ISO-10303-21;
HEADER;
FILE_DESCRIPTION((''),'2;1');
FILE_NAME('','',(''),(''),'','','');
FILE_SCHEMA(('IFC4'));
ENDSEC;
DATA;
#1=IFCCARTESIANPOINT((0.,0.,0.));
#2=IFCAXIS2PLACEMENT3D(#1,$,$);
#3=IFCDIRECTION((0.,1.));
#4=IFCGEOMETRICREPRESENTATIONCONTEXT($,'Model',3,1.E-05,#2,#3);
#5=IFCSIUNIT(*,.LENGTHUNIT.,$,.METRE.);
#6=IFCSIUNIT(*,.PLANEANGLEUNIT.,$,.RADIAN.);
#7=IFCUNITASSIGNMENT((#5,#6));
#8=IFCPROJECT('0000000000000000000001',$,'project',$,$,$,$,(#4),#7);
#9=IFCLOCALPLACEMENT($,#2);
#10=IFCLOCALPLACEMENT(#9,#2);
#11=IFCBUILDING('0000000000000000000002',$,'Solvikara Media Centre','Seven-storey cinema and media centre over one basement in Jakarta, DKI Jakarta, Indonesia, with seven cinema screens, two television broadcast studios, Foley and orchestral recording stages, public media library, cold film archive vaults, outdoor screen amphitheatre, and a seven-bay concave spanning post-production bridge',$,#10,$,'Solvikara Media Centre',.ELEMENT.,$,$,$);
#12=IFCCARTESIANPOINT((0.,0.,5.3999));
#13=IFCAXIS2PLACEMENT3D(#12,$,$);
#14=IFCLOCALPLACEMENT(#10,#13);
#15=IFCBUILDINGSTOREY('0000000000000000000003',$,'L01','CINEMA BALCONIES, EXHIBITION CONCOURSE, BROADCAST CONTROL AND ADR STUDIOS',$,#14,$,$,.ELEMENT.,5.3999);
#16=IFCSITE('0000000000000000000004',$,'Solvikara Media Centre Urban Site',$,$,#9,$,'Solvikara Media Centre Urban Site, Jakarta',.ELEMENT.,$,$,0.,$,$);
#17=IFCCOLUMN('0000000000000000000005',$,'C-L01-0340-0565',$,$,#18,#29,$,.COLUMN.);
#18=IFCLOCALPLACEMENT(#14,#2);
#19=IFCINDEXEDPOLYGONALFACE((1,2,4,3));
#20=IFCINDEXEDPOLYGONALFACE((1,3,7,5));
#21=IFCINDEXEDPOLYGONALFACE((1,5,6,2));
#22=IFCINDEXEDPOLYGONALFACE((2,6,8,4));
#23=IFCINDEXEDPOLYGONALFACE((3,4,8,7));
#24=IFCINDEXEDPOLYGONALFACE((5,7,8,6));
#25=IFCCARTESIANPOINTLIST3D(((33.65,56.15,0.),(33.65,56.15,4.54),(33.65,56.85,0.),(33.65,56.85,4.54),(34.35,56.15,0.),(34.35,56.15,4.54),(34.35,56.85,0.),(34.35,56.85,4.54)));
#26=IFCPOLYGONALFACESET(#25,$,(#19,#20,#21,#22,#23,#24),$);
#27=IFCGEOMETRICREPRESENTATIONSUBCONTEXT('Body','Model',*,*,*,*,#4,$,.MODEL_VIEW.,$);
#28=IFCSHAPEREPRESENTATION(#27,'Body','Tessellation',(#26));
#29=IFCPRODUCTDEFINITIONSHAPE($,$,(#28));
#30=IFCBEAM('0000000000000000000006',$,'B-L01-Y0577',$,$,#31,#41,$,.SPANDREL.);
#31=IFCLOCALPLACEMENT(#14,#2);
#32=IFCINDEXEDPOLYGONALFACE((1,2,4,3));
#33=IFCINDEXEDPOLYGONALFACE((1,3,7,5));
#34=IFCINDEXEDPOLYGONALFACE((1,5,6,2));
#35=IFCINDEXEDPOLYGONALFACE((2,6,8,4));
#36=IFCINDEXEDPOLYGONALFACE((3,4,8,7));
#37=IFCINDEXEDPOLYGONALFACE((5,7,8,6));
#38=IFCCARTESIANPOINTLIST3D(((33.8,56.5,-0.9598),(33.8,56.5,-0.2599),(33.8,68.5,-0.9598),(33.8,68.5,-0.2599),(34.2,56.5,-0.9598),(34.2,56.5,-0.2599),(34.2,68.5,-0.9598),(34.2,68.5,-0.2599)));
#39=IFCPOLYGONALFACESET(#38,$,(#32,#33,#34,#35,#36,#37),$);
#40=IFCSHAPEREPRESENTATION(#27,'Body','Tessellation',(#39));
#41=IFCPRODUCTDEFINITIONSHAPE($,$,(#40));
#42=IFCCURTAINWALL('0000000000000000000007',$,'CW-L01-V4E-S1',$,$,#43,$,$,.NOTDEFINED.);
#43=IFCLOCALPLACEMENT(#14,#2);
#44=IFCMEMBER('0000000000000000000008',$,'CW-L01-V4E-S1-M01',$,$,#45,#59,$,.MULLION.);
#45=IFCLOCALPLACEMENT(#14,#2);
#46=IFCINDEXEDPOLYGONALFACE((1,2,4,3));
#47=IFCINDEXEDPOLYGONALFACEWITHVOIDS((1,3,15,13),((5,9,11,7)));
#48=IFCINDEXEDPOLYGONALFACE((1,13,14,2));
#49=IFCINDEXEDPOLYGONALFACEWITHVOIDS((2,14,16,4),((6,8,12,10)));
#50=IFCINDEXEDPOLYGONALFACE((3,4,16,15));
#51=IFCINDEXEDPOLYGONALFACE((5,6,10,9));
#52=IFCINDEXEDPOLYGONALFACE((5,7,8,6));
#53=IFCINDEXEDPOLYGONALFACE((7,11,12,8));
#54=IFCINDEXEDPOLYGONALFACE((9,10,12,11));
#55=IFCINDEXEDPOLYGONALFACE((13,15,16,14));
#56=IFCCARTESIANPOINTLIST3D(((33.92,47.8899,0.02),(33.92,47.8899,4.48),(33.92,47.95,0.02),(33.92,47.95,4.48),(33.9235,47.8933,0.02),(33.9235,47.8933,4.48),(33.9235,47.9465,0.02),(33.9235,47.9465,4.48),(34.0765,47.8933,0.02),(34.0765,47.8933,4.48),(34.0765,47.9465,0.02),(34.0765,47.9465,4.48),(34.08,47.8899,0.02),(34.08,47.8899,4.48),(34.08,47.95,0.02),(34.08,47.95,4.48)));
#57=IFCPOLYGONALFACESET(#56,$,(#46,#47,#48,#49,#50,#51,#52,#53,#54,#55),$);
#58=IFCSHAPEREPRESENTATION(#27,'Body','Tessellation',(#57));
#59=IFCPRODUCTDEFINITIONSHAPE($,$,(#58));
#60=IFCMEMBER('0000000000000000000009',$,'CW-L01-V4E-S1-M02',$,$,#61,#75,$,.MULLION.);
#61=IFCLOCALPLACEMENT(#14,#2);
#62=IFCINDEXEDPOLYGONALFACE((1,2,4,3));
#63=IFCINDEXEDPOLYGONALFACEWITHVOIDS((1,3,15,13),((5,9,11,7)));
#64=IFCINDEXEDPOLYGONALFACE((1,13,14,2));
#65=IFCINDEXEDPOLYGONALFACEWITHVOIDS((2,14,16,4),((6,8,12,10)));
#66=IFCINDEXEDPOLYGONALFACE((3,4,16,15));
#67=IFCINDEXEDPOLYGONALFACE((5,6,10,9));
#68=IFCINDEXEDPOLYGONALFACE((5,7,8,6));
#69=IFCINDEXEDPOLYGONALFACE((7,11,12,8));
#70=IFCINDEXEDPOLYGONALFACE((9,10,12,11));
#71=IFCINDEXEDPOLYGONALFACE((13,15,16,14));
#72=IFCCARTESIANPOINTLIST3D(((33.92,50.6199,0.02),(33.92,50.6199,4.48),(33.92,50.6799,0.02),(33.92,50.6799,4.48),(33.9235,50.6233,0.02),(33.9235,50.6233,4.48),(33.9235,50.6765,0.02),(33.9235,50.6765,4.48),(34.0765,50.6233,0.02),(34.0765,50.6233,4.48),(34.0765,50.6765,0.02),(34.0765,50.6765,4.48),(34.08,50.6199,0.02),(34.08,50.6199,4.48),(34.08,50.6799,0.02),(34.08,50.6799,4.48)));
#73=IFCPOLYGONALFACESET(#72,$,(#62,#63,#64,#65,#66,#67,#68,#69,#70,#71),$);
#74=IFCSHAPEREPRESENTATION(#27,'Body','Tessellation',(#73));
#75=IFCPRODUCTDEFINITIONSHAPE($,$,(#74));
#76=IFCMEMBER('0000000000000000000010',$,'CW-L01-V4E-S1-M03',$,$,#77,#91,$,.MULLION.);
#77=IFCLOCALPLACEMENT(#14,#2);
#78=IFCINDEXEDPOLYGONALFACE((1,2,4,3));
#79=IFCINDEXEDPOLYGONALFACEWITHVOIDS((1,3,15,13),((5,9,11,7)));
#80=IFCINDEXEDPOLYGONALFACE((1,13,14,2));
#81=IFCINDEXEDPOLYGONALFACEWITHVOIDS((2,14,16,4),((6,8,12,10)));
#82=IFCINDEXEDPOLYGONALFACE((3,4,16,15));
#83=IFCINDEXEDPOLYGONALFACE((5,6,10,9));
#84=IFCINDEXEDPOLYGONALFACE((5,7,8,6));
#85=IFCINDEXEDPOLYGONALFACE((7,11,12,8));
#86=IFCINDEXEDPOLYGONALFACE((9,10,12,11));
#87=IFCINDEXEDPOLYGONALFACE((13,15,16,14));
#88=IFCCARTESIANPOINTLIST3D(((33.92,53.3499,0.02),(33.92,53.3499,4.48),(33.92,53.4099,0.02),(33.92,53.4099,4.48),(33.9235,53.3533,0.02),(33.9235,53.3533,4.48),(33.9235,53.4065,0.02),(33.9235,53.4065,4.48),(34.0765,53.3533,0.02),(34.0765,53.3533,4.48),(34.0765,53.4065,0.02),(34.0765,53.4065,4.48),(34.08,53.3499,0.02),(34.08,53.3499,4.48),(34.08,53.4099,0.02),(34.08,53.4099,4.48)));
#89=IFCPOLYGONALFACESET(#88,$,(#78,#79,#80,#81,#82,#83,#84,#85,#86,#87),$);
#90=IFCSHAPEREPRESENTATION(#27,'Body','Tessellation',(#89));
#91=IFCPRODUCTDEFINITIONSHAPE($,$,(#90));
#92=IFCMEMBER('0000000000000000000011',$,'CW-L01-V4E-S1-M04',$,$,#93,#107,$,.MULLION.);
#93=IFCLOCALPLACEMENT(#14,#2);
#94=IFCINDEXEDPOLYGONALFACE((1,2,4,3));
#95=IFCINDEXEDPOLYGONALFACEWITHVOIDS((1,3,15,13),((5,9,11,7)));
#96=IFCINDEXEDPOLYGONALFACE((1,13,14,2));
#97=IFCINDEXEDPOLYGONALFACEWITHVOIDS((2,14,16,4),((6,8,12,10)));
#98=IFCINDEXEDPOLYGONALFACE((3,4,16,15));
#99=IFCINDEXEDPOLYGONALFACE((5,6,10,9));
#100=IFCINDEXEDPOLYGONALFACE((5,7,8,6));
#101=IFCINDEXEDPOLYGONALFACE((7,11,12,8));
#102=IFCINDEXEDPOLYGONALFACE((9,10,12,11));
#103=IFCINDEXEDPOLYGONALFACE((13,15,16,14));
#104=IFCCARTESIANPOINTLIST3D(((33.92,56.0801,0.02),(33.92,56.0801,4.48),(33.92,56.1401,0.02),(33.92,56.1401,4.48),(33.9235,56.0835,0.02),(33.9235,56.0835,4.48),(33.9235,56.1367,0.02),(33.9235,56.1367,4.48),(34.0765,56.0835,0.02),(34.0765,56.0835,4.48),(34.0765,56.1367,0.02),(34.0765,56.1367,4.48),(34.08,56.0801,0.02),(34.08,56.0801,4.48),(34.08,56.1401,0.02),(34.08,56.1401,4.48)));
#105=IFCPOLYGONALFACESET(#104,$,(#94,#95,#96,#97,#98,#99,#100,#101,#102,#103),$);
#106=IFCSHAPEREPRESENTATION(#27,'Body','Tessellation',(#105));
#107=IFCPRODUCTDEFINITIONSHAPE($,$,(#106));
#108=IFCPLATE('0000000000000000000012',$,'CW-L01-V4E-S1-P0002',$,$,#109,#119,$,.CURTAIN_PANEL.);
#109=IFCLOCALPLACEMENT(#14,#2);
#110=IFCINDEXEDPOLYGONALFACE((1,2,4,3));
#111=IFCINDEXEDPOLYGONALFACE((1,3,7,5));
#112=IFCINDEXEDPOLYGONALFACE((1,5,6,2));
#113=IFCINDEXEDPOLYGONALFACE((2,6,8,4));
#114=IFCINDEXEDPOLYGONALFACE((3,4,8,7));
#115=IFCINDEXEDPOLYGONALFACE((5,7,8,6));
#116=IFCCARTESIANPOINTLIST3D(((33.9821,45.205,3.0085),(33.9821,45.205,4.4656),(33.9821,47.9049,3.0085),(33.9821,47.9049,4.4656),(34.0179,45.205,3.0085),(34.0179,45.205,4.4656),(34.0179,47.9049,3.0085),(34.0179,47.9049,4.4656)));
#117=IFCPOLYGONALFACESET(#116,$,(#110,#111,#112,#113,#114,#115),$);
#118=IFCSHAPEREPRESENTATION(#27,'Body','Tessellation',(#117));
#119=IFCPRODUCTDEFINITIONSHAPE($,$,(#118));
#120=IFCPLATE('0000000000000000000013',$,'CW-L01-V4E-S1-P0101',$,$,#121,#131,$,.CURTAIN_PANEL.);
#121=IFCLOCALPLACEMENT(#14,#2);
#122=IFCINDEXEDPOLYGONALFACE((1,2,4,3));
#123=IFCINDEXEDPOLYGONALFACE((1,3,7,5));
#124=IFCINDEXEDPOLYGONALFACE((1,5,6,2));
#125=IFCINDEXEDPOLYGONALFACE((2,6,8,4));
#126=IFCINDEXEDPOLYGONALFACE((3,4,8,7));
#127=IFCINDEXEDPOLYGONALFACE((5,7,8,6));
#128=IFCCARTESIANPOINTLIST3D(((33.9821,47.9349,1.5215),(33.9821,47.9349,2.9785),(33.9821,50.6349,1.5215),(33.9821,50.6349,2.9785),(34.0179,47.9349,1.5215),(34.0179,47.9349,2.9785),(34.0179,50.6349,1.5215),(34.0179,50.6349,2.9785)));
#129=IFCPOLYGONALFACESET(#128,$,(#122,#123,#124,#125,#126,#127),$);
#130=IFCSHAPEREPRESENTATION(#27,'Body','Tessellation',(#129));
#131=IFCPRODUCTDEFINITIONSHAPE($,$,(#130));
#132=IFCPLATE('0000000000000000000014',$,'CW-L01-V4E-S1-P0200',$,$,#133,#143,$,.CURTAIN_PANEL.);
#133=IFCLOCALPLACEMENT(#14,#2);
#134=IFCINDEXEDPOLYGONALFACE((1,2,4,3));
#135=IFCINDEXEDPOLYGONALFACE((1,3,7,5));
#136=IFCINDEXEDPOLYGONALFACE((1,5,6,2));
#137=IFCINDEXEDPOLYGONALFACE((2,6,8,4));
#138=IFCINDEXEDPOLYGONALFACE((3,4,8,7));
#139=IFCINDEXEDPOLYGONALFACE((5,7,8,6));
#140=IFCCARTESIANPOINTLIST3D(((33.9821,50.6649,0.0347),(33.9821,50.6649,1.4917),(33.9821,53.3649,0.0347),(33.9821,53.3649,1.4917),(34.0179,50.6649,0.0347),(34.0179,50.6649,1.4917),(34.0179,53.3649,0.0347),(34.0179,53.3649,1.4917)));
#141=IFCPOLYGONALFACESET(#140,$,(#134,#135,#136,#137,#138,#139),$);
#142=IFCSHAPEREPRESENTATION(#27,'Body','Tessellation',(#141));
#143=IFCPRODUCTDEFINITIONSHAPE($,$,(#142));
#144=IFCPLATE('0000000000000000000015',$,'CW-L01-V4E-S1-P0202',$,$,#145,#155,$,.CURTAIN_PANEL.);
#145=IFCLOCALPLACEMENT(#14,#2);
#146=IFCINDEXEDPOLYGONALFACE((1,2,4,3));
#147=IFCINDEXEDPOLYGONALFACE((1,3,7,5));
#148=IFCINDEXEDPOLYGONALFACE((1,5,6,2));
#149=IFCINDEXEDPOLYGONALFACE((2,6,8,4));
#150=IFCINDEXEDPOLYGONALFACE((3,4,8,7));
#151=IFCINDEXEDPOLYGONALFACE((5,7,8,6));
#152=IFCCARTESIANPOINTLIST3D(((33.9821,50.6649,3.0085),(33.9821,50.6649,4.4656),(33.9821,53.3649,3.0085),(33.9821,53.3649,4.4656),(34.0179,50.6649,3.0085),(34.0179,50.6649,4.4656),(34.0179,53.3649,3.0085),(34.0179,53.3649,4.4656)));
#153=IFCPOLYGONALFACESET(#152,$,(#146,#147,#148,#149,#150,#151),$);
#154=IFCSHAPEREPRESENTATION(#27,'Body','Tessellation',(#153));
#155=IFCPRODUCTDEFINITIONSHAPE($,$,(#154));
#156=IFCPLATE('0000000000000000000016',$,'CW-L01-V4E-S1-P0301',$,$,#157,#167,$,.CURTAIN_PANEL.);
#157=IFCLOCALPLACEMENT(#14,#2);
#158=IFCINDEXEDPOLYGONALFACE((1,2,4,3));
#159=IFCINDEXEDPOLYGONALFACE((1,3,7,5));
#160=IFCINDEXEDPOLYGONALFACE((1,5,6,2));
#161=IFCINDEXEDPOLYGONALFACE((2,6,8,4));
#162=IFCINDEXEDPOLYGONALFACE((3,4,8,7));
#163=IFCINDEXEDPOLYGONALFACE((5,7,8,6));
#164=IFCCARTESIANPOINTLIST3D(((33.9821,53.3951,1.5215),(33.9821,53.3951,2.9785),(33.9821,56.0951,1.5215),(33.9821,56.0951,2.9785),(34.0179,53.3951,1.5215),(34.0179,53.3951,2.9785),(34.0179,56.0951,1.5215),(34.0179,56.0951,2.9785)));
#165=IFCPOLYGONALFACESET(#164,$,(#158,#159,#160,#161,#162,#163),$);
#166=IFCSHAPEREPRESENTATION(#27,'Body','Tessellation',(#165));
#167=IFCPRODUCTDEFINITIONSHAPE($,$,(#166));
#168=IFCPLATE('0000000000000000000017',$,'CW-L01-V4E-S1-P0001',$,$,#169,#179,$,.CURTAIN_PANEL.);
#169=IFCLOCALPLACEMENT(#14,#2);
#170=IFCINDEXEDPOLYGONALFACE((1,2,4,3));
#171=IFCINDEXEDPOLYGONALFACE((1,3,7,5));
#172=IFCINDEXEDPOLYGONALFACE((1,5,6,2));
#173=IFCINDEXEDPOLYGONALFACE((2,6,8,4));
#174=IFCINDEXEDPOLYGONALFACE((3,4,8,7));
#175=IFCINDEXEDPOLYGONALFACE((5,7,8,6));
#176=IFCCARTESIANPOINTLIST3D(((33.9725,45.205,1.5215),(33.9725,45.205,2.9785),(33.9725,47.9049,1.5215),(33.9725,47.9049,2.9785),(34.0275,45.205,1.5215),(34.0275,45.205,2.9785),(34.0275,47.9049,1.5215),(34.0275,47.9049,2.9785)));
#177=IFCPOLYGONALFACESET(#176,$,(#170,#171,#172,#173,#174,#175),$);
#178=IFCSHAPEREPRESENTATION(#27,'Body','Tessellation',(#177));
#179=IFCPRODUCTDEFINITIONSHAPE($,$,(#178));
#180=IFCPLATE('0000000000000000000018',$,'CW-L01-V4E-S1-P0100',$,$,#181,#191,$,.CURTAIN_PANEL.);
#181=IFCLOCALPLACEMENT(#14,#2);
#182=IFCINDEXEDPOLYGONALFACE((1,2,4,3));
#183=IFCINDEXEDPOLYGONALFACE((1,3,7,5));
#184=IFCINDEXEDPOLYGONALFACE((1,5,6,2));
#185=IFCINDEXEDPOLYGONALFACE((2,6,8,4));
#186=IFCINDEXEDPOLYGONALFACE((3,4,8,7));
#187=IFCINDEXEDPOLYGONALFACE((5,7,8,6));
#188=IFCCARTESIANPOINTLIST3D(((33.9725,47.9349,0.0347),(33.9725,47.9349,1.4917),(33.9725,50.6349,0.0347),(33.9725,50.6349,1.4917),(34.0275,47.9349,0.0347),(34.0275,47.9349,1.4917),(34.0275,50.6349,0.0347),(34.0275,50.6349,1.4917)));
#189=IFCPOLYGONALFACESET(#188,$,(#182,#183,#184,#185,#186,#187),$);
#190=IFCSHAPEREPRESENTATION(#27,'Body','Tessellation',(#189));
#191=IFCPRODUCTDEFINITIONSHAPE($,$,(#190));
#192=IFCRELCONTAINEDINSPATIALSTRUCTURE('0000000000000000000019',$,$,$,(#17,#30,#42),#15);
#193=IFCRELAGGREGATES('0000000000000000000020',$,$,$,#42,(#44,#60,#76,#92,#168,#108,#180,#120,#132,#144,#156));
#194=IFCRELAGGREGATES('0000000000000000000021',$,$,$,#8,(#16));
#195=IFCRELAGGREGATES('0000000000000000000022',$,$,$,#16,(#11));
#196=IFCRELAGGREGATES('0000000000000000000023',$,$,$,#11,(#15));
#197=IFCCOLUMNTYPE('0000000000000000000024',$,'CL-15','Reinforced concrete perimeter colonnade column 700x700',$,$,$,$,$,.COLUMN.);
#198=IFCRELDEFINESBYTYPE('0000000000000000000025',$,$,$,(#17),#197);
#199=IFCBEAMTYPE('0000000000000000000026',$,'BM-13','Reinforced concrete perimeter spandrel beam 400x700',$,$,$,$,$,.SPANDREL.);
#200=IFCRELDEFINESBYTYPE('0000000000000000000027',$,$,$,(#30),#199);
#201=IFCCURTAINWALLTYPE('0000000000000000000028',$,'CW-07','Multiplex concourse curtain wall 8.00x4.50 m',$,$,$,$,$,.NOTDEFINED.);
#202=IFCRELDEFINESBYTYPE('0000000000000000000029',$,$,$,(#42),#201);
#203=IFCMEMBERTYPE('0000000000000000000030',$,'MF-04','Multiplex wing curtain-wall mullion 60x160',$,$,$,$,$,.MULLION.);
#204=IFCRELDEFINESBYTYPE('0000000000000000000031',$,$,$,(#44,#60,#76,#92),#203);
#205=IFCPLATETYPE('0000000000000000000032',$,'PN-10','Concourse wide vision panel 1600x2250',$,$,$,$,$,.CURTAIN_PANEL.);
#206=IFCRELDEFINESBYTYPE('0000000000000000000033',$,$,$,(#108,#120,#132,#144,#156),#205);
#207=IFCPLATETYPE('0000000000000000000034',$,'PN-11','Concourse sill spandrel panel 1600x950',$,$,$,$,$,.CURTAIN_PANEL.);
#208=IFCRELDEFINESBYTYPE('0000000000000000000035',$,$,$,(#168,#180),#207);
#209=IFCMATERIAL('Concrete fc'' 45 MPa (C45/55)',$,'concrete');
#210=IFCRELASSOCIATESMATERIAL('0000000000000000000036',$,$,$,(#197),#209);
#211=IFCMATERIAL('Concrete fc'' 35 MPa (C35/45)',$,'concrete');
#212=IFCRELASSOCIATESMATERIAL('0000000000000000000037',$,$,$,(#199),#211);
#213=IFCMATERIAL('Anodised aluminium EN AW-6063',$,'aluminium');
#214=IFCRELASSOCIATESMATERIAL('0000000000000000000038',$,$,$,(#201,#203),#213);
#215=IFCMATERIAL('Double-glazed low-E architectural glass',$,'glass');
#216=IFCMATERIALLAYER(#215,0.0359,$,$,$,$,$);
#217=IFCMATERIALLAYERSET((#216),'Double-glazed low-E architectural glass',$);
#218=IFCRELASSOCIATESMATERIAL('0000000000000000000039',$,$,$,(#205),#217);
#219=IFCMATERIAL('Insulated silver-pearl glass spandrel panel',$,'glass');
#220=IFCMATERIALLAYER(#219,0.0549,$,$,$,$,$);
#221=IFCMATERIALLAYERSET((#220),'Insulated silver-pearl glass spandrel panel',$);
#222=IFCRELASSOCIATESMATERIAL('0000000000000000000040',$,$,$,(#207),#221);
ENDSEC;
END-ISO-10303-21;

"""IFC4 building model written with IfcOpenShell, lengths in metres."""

from ifc_helpers import new_model, si_unit, direction, frame, origin, origin_2d, place, context, subcontext, project, spatial, rectangle, hollow_rectangle, extrude, material, layer, layer_set, material_profile, profile_set, type_object, element, aggregate, save


model = new_model("IFC4")

# Units and contexts
model_context = context("Model", 3, precision=1e-05, world=origin(), true_north=direction((0.0, 1.0)))
body_context = subcontext(model_context, "Body", "Model", "MODEL_VIEW")
ifc_project = project(units=[si_unit("LENGTHUNIT", "METRE"), si_unit("PLANEANGLEUNIT", "RADIAN")], contexts=[model_context])

# Site, building, storey
site_placement = place(None, origin())
site = spatial("IfcSite", under=ifc_project, at=site_placement, Name="Solvikara Media Centre Urban Site", LongName="Solvikara Media Centre Urban Site, Jakarta", CompositionType="ELEMENT", RefElevation=0.0)
building_placement = place(site_placement, origin())
building = spatial("IfcBuilding", under=site, at=building_placement, Name="Solvikara Media Centre", Description="Seven-storey cinema and media centre over one basement in Jakarta, DKI Jakarta, Indonesia, with seven cinema screens, two television broadcast studios, Foley and orchestral recording stages, public media library, cold film archive vaults, outdoor screen amphitheatre, and a seven-bay concave spanning post-production bridge", LongName="Solvikara Media Centre", CompositionType="ELEMENT")
storey_placement = place(building_placement, frame((0.0, 0.0, 5.3999)))
storey = spatial("IfcBuildingStorey", under=building, at=storey_placement, Name="L01", Description="CINEMA BALCONIES, EXHIBITION CONCOURSE, BROADCAST CONTROL AND ADR STUDIOS", CompositionType="ELEMENT", Elevation=5.3999)

# Column
ifc_material_1 = material(Name="Concrete fc' 45 MPa (C45/55)", Category="concrete")
ifc_material_profile_1 = material_profile(ifc_material_1, rectangle(XDim=0.7, YDim=0.7, at=origin_2d()), Name="RC 700x700")
ifc_profile_set_1 = profile_set([ifc_material_profile_1], Name="Concrete fc' 45 MPa (C45/55)")
column_type = type_object("IfcColumnType", Name="CL-15", Description="Reinforced concrete perimeter colonnade column 700x700", PredefinedType="COLUMN", material=ifc_profile_set_1)
column_placement = place(storey_placement, frame((34.0, 56.5, 0.0), z_axis=(0.0, 0.0, 1.0), x_axis=(1.0, 0.0, 0.0)))
element("IfcColumn", 1, at=column_placement, inside=storey, type_object=column_type, Name="C-L01-0340-0565", PredefinedType="COLUMN", context=body_context, shape_type="SweptSolid", body=[
    extrude(rectangle(XDim=0.7, YDim=0.7, at=origin_2d()), origin(), (0.0, 0.0, 1.0), 4.54),
])

# Beam
ifc_material_2 = material(Name="Concrete fc' 35 MPa (C35/45)", Category="concrete")
ifc_material_profile_2 = material_profile(ifc_material_2, rectangle(XDim=0.3999, YDim=0.7, at=origin_2d()), Name="RC 400x700")
ifc_profile_set_2 = profile_set([ifc_material_profile_2], Name="Concrete fc' 35 MPa (C35/45)")
beam_type = type_object("IfcBeamType", Name="BM-13", Description="Reinforced concrete perimeter spandrel beam 400x700", PredefinedType="SPANDREL", material=ifc_profile_set_2)
beam_placement = place(storey_placement, frame((34.0, 56.5, -0.6099), z_axis=(0.0, 1.0, 0.0), x_axis=(-1.0, 0.0, 0.0)))
element("IfcBeam", 2, at=beam_placement, inside=storey, type_object=beam_type, Name="B-L01-Y0577", PredefinedType="SPANDREL", context=body_context, shape_type="SweptSolid", body=[
    extrude(rectangle(XDim=0.3999, YDim=0.7, at=origin_2d()), origin(), (0.0, 0.0, 1.0), 12.0),
])

# Curtain wall, members, plates
ifc_material_3 = material(Name="Anodised aluminium EN AW-6063", Category="aluminium")
curtain_wall_type = type_object("IfcCurtainWallType", Name="CW-07", Description="Multiplex concourse curtain wall 8.00x4.50 m", PredefinedType="NOTDEFINED", material=ifc_material_3)
curtain_wall_placement = place(storey_placement, origin())
curtain_wall = element("IfcCurtainWall", 3, at=curtain_wall_placement, inside=storey, type_object=curtain_wall_type, Name="CW-L01-V4E-S1", PredefinedType="NOTDEFINED")
ifc_material_profile_3 = material_profile(ifc_material_3, hollow_rectangle(XDim=0.0601, YDim=0.1599, WallThickness=0.0034, at=origin_2d()), Name="ALU-M 60x160x3.5")
ifc_profile_set_3 = profile_set([ifc_material_profile_3], Name="Anodised aluminium EN AW-6063")
member_type = type_object("IfcMemberType", Name="MF-04", Description="Multiplex wing curtain-wall mullion 60x160", PredefinedType="MULLION", material=ifc_profile_set_3)
member_1_placement = place(storey_placement, frame((34.0, 47.9199, 0.02), z_axis=(0.0, 0.0, 1.0), x_axis=(0.0, 1.0, 0.0)))
member_1 = element("IfcMember", 4, at=member_1_placement, type_object=member_type, Name="CW-L01-V4E-S1-M01", PredefinedType="MULLION", context=body_context, shape_type="SweptSolid", body=[
    extrude(hollow_rectangle(XDim=0.0601, YDim=0.1599, WallThickness=0.0034, at=origin_2d()), origin(), (0.0, 0.0, 1.0), 4.46),
])
member_2_placement = place(storey_placement, frame((34.0, 50.6499, 0.02), z_axis=(0.0, 0.0, 1.0), x_axis=(0.0, 1.0, 0.0)))
member_2 = element("IfcMember", 5, at=member_2_placement, type_object=member_type, Name="CW-L01-V4E-S1-M02", PredefinedType="MULLION", context=body_context, shape_type="SweptSolid", body=[
    extrude(hollow_rectangle(XDim=0.0601, YDim=0.1599, WallThickness=0.0034, at=origin_2d()), origin(), (0.0, 0.0, 1.0), 4.46),
])
member_3_placement = place(storey_placement, frame((34.0, 53.3799, 0.02), z_axis=(0.0, 0.0, 1.0), x_axis=(0.0, 1.0, 0.0)))
member_3 = element("IfcMember", 6, at=member_3_placement, type_object=member_type, Name="CW-L01-V4E-S1-M03", PredefinedType="MULLION", context=body_context, shape_type="SweptSolid", body=[
    extrude(hollow_rectangle(XDim=0.0601, YDim=0.1599, WallThickness=0.0034, at=origin_2d()), origin(), (0.0, 0.0, 1.0), 4.46),
])
member_4_placement = place(storey_placement, frame((34.0, 56.1101, 0.02), z_axis=(0.0, 0.0, 1.0), x_axis=(0.0, 1.0, 0.0)))
member_4 = element("IfcMember", 7, at=member_4_placement, type_object=member_type, Name="CW-L01-V4E-S1-M04", PredefinedType="MULLION", context=body_context, shape_type="SweptSolid", body=[
    extrude(hollow_rectangle(XDim=0.0601, YDim=0.1599, WallThickness=0.0034, at=origin_2d()), origin(), (0.0, 0.0, 1.0), 4.46),
])
ifc_material_4 = material(Name="Double-glazed low-E architectural glass", Category="glass")
ifc_layer_1 = layer(ifc_material_4, 0.0359)
ifc_layer_set_1 = layer_set([ifc_layer_1], Name="Double-glazed low-E architectural glass")
plate_type_1 = type_object("IfcPlateType", Name="PN-10", Description="Concourse wide vision panel 1600x2250", PredefinedType="CURTAIN_PANEL", material=ifc_layer_set_1)
plate_1_placement = place(storey_placement, frame((34.0, 46.5549, 3.0085), z_axis=(0.0, 0.0, 1.0), x_axis=(0.0, 1.0, 0.0)))
plate_1 = element("IfcPlate", 8, at=plate_1_placement, type_object=plate_type_1, Name="CW-L01-V4E-S1-P0002", PredefinedType="CURTAIN_PANEL", context=body_context, shape_type="SweptSolid", body=[
    extrude(rectangle(XDim=2.7, YDim=0.0359, at=origin_2d()), origin(), (0.0, 0.0, 1.0), 1.457),
])
plate_2_placement = place(storey_placement, frame((34.0, 49.2849, 1.5215), z_axis=(0.0, 0.0, 1.0), x_axis=(0.0, 1.0, 0.0)))
plate_2 = element("IfcPlate", 9, at=plate_2_placement, type_object=plate_type_1, Name="CW-L01-V4E-S1-P0101", PredefinedType="CURTAIN_PANEL", context=body_context, shape_type="SweptSolid", body=[
    extrude(rectangle(XDim=2.7, YDim=0.0359, at=origin_2d()), origin(), (0.0, 0.0, 1.0), 1.457),
])
plate_3_placement = place(storey_placement, frame((34.0, 52.0149, 0.0347), z_axis=(0.0, 0.0, 1.0), x_axis=(0.0, 1.0, 0.0)))
plate_3 = element("IfcPlate", 10, at=plate_3_placement, type_object=plate_type_1, Name="CW-L01-V4E-S1-P0200", PredefinedType="CURTAIN_PANEL", context=body_context, shape_type="SweptSolid", body=[
    extrude(rectangle(XDim=2.7, YDim=0.0359, at=origin_2d()), origin(), (0.0, 0.0, 1.0), 1.457),
])
plate_4_placement = place(storey_placement, frame((34.0, 52.0149, 3.0085), z_axis=(0.0, 0.0, 1.0), x_axis=(0.0, 1.0, 0.0)))
plate_4 = element("IfcPlate", 11, at=plate_4_placement, type_object=plate_type_1, Name="CW-L01-V4E-S1-P0202", PredefinedType="CURTAIN_PANEL", context=body_context, shape_type="SweptSolid", body=[
    extrude(rectangle(XDim=2.7, YDim=0.0359, at=origin_2d()), origin(), (0.0, 0.0, 1.0), 1.457),
])
plate_5_placement = place(storey_placement, frame((34.0, 54.7451, 1.5215), z_axis=(0.0, 0.0, 1.0), x_axis=(0.0, 1.0, 0.0)))
plate_5 = element("IfcPlate", 12, at=plate_5_placement, type_object=plate_type_1, Name="CW-L01-V4E-S1-P0301", PredefinedType="CURTAIN_PANEL", context=body_context, shape_type="SweptSolid", body=[
    extrude(rectangle(XDim=2.7, YDim=0.0359, at=origin_2d()), origin(), (0.0, 0.0, 1.0), 1.457),
])
ifc_material_5 = material(Name="Insulated silver-pearl glass spandrel panel", Category="glass")
ifc_layer_2 = layer(ifc_material_5, 0.0549)
ifc_layer_set_2 = layer_set([ifc_layer_2], Name="Insulated silver-pearl glass spandrel panel")
plate_type_2 = type_object("IfcPlateType", Name="PN-11", Description="Concourse sill spandrel panel 1600x950", PredefinedType="CURTAIN_PANEL", material=ifc_layer_set_2)
plate_6_placement = place(storey_placement, frame((34.0, 46.5549, 1.5215), z_axis=(0.0, 0.0, 1.0), x_axis=(0.0, 1.0, 0.0)))
plate_6 = element("IfcPlate", 13, at=plate_6_placement, type_object=plate_type_2, Name="CW-L01-V4E-S1-P0001", PredefinedType="CURTAIN_PANEL", context=body_context, shape_type="SweptSolid", body=[
    extrude(rectangle(XDim=2.7, YDim=0.0549, at=origin_2d()), origin(), (0.0, 0.0, 1.0), 1.457),
])
plate_7_placement = place(storey_placement, frame((34.0, 49.2849, 0.0347), z_axis=(0.0, 0.0, 1.0), x_axis=(0.0, 1.0, 0.0)))
plate_7 = element("IfcPlate", 14, at=plate_7_placement, type_object=plate_type_2, Name="CW-L01-V4E-S1-P0100", PredefinedType="CURTAIN_PANEL", context=body_context, shape_type="SweptSolid", body=[
    extrude(rectangle(XDim=2.7, YDim=0.0549, at=origin_2d()), origin(), (0.0, 0.0, 1.0), 1.457),
])
aggregate(curtain_wall, [member_1, member_2, member_3, member_4, plate_6, plate_1, plate_7, plate_2, plate_3, plate_4, plate_5])

save(model, "model.ifc")
